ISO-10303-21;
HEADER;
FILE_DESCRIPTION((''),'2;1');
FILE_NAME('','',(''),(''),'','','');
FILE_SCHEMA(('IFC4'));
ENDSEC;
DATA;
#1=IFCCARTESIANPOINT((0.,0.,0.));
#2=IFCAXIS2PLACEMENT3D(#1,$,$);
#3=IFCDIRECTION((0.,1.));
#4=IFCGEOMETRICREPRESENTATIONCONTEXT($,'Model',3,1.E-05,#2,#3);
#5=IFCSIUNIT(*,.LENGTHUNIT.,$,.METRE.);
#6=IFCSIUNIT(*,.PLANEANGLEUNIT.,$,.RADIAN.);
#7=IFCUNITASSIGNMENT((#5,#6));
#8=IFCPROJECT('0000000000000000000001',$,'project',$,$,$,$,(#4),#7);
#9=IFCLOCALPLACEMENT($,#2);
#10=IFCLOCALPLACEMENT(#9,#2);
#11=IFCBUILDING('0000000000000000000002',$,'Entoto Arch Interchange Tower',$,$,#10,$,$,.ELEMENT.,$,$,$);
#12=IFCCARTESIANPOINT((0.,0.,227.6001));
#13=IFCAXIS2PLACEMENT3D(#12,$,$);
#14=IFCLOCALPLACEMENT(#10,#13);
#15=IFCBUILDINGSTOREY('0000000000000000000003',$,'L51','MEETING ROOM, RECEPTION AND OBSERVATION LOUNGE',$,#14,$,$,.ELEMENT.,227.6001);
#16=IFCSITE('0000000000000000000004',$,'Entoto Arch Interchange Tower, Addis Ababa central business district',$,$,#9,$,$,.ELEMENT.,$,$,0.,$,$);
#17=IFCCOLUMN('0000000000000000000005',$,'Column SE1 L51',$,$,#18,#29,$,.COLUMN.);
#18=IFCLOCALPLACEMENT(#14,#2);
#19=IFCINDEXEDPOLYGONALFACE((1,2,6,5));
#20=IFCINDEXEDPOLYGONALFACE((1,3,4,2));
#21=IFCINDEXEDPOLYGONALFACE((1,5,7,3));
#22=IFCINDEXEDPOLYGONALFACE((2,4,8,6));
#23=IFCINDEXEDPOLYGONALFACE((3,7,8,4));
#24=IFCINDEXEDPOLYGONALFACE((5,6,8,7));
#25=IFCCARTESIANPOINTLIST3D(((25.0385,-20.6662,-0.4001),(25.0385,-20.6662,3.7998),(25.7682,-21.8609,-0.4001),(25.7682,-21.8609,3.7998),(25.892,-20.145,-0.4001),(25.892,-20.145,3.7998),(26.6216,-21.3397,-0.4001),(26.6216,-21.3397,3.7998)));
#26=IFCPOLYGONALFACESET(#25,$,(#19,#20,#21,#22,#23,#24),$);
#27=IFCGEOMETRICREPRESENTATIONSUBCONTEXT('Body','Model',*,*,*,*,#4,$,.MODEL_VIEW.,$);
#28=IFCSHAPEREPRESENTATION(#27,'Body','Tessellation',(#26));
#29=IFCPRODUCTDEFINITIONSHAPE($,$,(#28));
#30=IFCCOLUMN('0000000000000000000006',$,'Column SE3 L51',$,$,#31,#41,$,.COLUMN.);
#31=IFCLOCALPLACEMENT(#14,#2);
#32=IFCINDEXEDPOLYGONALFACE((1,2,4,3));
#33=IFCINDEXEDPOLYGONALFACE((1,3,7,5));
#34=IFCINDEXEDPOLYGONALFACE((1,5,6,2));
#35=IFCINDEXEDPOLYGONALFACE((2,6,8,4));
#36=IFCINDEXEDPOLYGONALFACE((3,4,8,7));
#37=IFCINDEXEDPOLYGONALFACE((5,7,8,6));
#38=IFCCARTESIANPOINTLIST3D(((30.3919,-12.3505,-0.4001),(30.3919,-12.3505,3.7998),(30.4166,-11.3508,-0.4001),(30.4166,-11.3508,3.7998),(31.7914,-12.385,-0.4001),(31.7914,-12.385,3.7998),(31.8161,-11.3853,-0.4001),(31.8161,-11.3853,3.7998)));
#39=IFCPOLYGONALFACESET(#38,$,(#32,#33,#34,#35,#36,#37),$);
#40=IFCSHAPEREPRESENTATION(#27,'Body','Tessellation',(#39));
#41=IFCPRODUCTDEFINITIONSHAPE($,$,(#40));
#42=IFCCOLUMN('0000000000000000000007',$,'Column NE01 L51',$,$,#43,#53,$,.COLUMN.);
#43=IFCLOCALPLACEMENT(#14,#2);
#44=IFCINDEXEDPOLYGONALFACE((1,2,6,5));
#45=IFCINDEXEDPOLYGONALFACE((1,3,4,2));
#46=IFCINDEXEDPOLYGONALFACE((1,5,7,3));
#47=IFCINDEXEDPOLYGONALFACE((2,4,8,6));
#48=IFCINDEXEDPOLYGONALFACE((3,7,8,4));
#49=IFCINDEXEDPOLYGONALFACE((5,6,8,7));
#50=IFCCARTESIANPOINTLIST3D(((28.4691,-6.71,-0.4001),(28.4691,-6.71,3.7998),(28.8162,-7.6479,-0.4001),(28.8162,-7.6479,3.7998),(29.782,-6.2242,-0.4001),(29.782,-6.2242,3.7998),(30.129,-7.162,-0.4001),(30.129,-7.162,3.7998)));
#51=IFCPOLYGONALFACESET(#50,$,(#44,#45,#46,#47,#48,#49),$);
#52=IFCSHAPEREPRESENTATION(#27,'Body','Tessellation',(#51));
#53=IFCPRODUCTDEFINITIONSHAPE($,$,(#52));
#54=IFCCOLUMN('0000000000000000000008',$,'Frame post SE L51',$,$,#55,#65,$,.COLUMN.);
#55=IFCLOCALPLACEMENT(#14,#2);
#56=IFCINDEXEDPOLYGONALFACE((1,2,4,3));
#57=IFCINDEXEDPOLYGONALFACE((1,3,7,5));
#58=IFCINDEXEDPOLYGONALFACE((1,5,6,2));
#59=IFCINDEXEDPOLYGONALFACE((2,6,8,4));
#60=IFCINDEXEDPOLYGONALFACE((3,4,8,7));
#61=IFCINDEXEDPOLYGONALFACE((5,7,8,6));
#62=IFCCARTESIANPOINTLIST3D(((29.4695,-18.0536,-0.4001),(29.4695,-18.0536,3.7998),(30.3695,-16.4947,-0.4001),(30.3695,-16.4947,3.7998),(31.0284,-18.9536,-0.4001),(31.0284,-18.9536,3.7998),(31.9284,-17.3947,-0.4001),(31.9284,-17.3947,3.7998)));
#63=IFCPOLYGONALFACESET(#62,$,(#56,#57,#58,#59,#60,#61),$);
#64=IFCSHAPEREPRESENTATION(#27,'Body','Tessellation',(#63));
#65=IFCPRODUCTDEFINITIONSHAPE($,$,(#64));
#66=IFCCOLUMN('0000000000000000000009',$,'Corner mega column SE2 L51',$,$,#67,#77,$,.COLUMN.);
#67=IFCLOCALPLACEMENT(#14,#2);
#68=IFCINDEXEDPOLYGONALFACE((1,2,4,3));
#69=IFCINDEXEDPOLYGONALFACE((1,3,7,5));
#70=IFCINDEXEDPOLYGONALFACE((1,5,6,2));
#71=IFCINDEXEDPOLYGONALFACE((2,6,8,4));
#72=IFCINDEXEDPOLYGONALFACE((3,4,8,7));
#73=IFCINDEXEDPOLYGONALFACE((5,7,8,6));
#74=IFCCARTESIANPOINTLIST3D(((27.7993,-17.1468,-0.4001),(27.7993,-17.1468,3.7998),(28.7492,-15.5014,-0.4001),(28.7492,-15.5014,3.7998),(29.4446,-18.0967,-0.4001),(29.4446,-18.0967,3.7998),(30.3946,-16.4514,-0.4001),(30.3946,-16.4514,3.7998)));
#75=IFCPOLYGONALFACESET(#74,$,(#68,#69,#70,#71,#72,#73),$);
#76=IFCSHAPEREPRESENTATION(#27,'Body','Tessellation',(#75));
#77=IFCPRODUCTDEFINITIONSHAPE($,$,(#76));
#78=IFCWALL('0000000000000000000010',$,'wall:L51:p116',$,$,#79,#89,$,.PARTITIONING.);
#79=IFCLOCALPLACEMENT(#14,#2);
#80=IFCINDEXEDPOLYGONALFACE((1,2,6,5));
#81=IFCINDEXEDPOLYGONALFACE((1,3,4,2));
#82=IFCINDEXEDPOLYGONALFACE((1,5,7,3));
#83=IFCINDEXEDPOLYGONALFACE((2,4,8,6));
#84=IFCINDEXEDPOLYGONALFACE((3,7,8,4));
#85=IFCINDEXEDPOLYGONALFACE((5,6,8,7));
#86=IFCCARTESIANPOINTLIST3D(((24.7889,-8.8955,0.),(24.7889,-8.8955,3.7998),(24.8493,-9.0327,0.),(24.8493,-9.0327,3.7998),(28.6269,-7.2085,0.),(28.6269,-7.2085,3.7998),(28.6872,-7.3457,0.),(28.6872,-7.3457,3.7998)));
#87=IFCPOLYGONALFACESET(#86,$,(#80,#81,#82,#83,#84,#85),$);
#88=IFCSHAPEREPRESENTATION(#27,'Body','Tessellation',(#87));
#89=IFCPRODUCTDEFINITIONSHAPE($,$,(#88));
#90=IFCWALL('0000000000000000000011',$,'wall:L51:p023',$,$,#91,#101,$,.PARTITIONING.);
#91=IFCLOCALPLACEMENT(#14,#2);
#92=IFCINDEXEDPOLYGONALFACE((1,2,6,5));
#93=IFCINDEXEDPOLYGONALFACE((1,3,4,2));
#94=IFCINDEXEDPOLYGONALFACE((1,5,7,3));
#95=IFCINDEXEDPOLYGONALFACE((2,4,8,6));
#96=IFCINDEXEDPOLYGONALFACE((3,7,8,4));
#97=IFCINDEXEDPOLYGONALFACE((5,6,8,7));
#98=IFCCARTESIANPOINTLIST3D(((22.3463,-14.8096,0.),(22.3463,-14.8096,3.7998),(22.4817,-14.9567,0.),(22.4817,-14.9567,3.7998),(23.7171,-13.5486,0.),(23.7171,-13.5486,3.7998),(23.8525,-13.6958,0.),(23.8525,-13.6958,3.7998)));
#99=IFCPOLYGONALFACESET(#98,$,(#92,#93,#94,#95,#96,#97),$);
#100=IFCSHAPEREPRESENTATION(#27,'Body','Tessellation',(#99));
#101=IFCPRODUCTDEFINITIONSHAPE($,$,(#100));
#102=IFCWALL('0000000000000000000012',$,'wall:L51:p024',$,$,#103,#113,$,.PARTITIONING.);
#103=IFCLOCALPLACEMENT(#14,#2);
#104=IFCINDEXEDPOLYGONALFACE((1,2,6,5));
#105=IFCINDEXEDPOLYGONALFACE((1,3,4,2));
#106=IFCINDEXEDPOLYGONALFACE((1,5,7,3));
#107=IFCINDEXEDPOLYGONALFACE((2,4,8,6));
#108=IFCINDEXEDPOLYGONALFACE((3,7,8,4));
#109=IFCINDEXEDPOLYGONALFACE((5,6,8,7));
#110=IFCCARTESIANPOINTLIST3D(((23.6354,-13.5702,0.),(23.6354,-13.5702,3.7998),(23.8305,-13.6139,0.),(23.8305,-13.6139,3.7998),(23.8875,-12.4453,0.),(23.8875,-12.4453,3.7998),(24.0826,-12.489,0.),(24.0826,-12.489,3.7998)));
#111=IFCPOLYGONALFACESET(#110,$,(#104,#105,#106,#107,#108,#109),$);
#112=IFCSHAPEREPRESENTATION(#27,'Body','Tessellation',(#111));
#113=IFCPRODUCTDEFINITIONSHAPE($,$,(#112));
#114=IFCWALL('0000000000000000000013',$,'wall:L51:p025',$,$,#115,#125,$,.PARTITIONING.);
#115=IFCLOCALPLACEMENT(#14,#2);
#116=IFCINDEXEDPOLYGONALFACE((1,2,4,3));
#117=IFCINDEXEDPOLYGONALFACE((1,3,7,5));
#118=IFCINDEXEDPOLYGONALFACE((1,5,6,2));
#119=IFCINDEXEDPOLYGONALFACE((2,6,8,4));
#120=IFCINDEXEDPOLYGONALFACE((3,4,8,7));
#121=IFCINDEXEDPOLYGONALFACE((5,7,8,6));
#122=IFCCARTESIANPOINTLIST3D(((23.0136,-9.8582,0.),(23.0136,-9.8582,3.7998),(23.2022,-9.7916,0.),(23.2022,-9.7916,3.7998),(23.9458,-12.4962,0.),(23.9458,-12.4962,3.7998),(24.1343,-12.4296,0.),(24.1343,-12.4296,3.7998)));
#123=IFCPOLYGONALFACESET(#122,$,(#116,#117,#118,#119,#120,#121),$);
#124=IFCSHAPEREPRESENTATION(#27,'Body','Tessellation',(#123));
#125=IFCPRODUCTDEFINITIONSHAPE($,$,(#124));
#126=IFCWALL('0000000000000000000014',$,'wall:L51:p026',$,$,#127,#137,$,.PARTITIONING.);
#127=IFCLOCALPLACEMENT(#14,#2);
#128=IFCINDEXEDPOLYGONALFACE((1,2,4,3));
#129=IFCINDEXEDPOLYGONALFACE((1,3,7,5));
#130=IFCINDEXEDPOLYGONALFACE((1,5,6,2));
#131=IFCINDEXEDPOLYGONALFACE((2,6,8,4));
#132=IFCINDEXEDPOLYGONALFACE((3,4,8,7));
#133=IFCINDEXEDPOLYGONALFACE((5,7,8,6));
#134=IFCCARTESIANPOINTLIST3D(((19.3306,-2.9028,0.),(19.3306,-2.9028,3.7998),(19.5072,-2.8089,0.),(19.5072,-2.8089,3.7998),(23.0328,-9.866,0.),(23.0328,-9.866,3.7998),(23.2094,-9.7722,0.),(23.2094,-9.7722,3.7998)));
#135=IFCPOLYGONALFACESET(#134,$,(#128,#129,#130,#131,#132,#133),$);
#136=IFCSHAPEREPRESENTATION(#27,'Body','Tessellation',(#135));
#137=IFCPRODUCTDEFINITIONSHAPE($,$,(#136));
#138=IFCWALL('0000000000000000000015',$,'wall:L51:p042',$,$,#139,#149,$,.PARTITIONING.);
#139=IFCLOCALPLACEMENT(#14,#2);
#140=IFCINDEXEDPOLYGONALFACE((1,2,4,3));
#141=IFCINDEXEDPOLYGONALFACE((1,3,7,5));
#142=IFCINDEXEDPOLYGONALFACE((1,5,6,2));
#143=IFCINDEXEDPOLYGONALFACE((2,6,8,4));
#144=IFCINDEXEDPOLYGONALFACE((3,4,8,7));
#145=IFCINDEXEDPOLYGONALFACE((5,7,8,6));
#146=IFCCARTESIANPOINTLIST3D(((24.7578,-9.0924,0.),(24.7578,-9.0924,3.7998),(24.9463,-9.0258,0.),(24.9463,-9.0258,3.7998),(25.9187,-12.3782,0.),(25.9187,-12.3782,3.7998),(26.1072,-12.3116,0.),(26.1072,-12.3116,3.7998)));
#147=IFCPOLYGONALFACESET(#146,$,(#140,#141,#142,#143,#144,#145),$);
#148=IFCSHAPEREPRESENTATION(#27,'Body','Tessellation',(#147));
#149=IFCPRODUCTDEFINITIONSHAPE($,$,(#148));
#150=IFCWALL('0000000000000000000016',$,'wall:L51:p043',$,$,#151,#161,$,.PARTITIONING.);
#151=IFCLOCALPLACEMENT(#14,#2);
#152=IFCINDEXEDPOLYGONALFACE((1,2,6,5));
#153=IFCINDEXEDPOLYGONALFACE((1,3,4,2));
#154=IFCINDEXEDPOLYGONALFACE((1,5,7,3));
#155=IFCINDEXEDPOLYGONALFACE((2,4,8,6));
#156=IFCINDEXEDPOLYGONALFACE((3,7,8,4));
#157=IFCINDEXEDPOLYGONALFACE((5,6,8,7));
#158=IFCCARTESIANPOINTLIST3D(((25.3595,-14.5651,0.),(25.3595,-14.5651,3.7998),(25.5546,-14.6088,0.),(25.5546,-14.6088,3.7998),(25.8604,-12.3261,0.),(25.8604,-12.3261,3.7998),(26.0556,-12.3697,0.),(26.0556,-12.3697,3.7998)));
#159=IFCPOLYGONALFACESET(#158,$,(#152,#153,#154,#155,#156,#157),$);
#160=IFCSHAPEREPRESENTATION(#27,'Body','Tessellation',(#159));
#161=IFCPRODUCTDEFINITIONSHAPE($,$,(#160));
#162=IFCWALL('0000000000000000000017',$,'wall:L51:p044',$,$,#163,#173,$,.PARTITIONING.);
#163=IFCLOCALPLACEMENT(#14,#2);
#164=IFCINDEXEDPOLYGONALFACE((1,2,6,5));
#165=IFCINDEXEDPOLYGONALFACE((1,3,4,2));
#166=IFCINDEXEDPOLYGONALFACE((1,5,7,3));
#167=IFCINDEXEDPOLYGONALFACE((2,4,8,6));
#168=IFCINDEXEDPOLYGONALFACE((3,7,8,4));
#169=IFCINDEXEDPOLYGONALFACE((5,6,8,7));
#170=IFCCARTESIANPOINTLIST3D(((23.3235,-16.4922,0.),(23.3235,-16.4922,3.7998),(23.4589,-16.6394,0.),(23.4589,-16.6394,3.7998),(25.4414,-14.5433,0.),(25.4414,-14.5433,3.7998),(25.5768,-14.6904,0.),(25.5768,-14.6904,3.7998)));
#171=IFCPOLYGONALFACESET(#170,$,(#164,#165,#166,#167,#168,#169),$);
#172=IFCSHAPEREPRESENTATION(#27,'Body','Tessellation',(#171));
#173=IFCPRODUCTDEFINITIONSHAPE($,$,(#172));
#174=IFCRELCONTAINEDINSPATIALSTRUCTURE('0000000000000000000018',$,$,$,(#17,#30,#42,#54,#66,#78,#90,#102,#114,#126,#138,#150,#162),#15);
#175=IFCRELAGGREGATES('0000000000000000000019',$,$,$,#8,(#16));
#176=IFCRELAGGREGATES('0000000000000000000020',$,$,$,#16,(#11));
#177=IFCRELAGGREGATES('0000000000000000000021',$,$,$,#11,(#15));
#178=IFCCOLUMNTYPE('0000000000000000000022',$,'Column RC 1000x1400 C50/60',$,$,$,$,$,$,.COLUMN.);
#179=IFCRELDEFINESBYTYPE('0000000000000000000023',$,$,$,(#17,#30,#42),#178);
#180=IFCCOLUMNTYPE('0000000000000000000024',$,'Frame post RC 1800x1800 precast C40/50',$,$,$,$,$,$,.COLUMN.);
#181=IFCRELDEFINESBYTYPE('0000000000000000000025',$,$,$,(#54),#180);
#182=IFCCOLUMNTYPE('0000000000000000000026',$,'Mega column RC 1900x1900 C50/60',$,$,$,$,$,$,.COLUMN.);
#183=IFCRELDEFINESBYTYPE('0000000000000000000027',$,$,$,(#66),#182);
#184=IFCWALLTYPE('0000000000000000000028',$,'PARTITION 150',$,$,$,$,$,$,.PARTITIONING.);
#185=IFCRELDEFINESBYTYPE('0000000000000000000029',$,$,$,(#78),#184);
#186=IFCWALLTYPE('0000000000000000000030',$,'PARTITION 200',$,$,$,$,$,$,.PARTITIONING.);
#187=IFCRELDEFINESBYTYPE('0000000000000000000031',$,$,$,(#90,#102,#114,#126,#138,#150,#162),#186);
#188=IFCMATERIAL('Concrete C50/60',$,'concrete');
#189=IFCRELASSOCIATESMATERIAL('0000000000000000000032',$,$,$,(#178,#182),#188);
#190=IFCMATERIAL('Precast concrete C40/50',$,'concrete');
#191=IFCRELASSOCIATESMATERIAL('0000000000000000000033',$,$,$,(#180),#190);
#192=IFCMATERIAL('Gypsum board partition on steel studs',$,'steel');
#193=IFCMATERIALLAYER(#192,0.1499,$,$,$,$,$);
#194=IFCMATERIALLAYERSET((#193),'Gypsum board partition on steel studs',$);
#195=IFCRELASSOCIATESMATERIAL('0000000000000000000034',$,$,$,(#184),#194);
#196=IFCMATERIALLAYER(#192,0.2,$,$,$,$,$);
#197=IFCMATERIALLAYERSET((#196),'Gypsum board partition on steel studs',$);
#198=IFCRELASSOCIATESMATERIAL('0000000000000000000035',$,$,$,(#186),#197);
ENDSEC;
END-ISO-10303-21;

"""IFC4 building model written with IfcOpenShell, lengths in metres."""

from ifc_helpers import new_model, si_unit, direction, frame, frame_2d, origin, origin_2d, place, context, subcontext, project, spatial, rectangle, extrude, material, layer, layer_set, material_profile, profile_set, type_object, element, save


model = new_model("IFC4")

# Units and contexts
model_context = context("Model", 3, precision=1e-05, world=origin(), true_north=direction((0.0, 1.0)))
body_context = subcontext(model_context, "Body", "Model", "MODEL_VIEW")
ifc_project = project(units=[si_unit("LENGTHUNIT", "METRE"), si_unit("PLANEANGLEUNIT", "RADIAN")], contexts=[model_context])

# Site, building, storey
site_placement = place(None, origin())
site = spatial("IfcSite", under=ifc_project, at=site_placement, Name="Entoto Arch Interchange Tower, Addis Ababa central business district", CompositionType="ELEMENT", RefElevation=0.0)
building_placement = place(site_placement, origin())
building = spatial("IfcBuilding", under=site, at=building_placement, Name="Entoto Arch Interchange Tower", CompositionType="ELEMENT")
storey_placement = place(building_placement, frame((0.0, 0.0, 227.6001)))
storey = spatial("IfcBuildingStorey", under=building, at=storey_placement, Name="L51", Description="MEETING ROOM, RECEPTION AND OBSERVATION LOUNGE", CompositionType="ELEMENT", Elevation=227.6001)

# Columns
ifc_material_1 = material(Name="Concrete C50/60", Category="concrete")
ifc_material_profile_1 = material_profile(ifc_material_1, rectangle(XDim=1.0, YDim=1.3999, at=origin_2d()))
ifc_profile_set_1 = profile_set([ifc_material_profile_1], Name="Concrete C50/60")
column_type_1 = type_object("IfcColumnType", Name="Column RC 1000x1400 C50/60", PredefinedType="COLUMN", material=ifc_profile_set_1)
for number, where, z_axis, x_axis, name in (
    (1, (25.8301, -21.0029, -0.4001), (0.0, 0.0, 1.0), (0.853423, 0.521218, 0.0), "Column SE1 L51"),
    (2, (31.104, -11.8679, -0.4001), (0.0, 0.0, 1.0), (0.024676, 0.999695, 0.0), "Column SE3 L51"),
    (3, (29.2991, -6.936, -0.4001), (0.0, 0.0, 1.0), (-0.347067, 0.93784, 0.0), "Column NE01 L51"),
):
    element("IfcColumn", number, at=place(storey_placement, frame(where, z_axis=z_axis, x_axis=x_axis)), inside=storey, type_object=column_type_1, Name=name, PredefinedType="COLUMN", context=body_context, shape_type="SweptSolid", body=[
        extrude(rectangle(XDim=1.0, YDim=1.3999, at=origin_2d()), origin(), (0.0, 0.0, 1.0), 4.2),
    ])
ifc_material_2 = material(Name="Precast concrete C40/50", Category="concrete")
ifc_material_profile_2 = material_profile(ifc_material_2, rectangle(XDim=1.8, YDim=1.8, at=origin_2d()))
ifc_profile_set_2 = profile_set([ifc_material_profile_2], Name="Precast concrete C40/50")
column_type_2 = type_object("IfcColumnType", Name="Frame post RC 1800x1800 precast C40/50", PredefinedType="COLUMN", material=ifc_profile_set_2)
column_1_placement = place(storey_placement, frame((30.699, -17.7241, -0.4001), z_axis=(0.0, 0.0, 1.0), x_axis=(-0.866025, 0.5, 0.0)))
element("IfcColumn", 4, at=column_1_placement, inside=storey, type_object=column_type_2, Name="Frame post SE L51", PredefinedType="COLUMN", context=body_context, shape_type="SweptSolid", body=[
    extrude(rectangle(XDim=1.8, YDim=1.8, at=origin_2d()), origin(), (0.0, 0.0, 1.0), 4.2),
])
ifc_material_profile_3 = material_profile(ifc_material_1, rectangle(XDim=1.8999, YDim=1.8999, at=origin_2d()))
ifc_profile_set_3 = profile_set([ifc_material_profile_3], Name="Concrete C50/60")
column_type_3 = type_object("IfcColumnType", Name="Mega column RC 1900x1900 C50/60", PredefinedType="COLUMN", material=ifc_profile_set_3)
column_2_placement = place(storey_placement, frame((29.0969, -16.7991, -0.4001), z_axis=(0.0, 0.0, 1.0), x_axis=(-0.866025, 0.5, 0.0)))
element("IfcColumn", 5, at=column_2_placement, inside=storey, type_object=column_type_3, Name="Corner mega column SE2 L51", PredefinedType="COLUMN", context=body_context, shape_type="SweptSolid", body=[
    extrude(rectangle(XDim=1.8999, YDim=1.8999, at=origin_2d()), origin(), (0.0, 0.0, 1.0), 4.2),
])

# Walls
ifc_material_3 = material(Name="Gypsum board partition on steel studs", Category="steel")
ifc_layer_1 = layer(ifc_material_3, 0.1499)
ifc_layer_set_1 = layer_set([ifc_layer_1], Name="Gypsum board partition on steel studs")
wall_type_1 = type_object("IfcWallType", Name="PARTITION 150", PredefinedType="PARTITIONING", material=ifc_layer_set_1)
wall_1_placement = place(storey_placement, frame((24.8191, -8.9641, 0.0), z_axis=(0.0, 0.0, 1.0), x_axis=(0.915461, 0.402407, 0.0)))
element("IfcWall", 6, at=wall_1_placement, inside=storey, type_object=wall_type_1, Name="wall:L51:p116", PredefinedType="PARTITIONING", context=body_context, shape_type="SweptSolid", body=[
    extrude(rectangle(XDim=4.1924, YDim=0.1499, at=frame_2d((2.0962, 0.0))), origin(), (0.0, 0.0, 1.0), 3.7998),
])
ifc_layer_2 = layer(ifc_material_3, 0.2)
ifc_layer_set_2 = layer_set([ifc_layer_2], Name="Gypsum board partition on steel studs")
wall_type_2 = type_object("IfcWallType", Name="PARTITION 200", PredefinedType="PARTITIONING", material=ifc_layer_set_2)
wall_2_placement = place(storey_placement, frame((22.4141, -14.8831, 0.0), z_axis=(0.0, 0.0, 1.0), x_axis=(0.735983, 0.677, 0.0)))
element("IfcWall", 7, at=wall_2_placement, inside=storey, type_object=wall_type_2, Name="wall:L51:p023", PredefinedType="PARTITIONING", context=body_context, shape_type="SweptSolid", body=[
    extrude(rectangle(XDim=1.8625, YDim=0.2, at=frame_2d((0.9312, 0.0))), origin(), (0.0, 0.0, 1.0), 3.7998),
])
wall_3_placement = place(storey_placement, frame((23.7329, -13.592, 0.0), z_axis=(0.0, 0.0, 1.0), x_axis=(0.218746, 0.975782, 0.0)))
element("IfcWall", 8, at=wall_3_placement, inside=storey, type_object=wall_type_2, Name="wall:L51:p024", PredefinedType="PARTITIONING", context=body_context, shape_type="SweptSolid", body=[
    extrude(rectangle(XDim=1.1528, YDim=0.2, at=frame_2d((0.5764, 0.0))), origin(), (0.0, 0.0, 1.0), 3.7998),
])
wall_4_placement = place(storey_placement, frame((24.04, -12.4629, 0.0), z_axis=(0.0, 0.0, 1.0), x_axis=(-0.333167, 0.942868, 0.0)))
element("IfcWall", 9, at=wall_4_placement, inside=storey, type_object=wall_type_2, Name="wall:L51:p025", PredefinedType="PARTITIONING", context=body_context, shape_type="SweptSolid", body=[
    extrude(rectangle(XDim=2.7979, YDim=0.2, at=frame_2d((1.3989, 0.0))), origin(), (0.0, 0.0, 1.0), 3.7998),
])
wall_5_placement = place(storey_placement, frame((23.1211, -9.8191, 0.0), z_axis=(0.0, 0.0, 1.0), x_axis=(-0.46945, 0.882959, 0.0)))
element("IfcWall", 10, at=wall_5_placement, inside=storey, type_object=wall_type_2, Name="wall:L51:p026", PredefinedType="PARTITIONING", context=body_context, shape_type="SweptSolid", body=[
    extrude(rectangle(XDim=7.8862, YDim=0.2, at=frame_2d((3.9431, 0.0))), origin(), (0.0, 0.0, 1.0), 3.7998),
])
wall_6_placement = place(storey_placement, frame((24.8521, -9.0591, 0.0), z_axis=(0.0, 0.0, 1.0), x_axis=(0.333117, -0.942886, 0.0)))
element("IfcWall", 11, at=wall_6_placement, inside=storey, type_object=wall_type_2, Name="wall:L51:p042", PredefinedType="PARTITIONING", context=body_context, shape_type="SweptSolid", body=[
    extrude(rectangle(XDim=3.4849, YDim=0.2, at=frame_2d((1.7424, 0.0))), origin(), (0.0, 0.0, 1.0), 3.7998),
])
wall_7_placement = place(storey_placement, frame((25.958, -12.3479, 0.0), z_axis=(0.0, 0.0, 1.0), x_axis=(-0.21835, -0.975871, 0.0)))
element("IfcWall", 12, at=wall_7_placement, inside=storey, type_object=wall_type_2, Name="wall:L51:p043", PredefinedType="PARTITIONING", context=body_context, shape_type="SweptSolid", body=[
    extrude(rectangle(XDim=2.2944, YDim=0.2, at=frame_2d((1.1472, 0.0))), origin(), (0.0, 0.0, 1.0), 3.7998),
])
wall_8_placement = place(storey_placement, frame((25.509, -14.6169, 0.0), z_axis=(0.0, 0.0, 1.0), x_axis=(-0.735846, -0.677148, 0.0)))
element("IfcWall", 13, at=wall_8_placement, inside=storey, type_object=wall_type_2, Name="wall:L51:p044", PredefinedType="PARTITIONING", context=body_context, shape_type="SweptSolid", body=[
    extrude(rectangle(XDim=2.8782, YDim=0.2, at=frame_2d((1.439, 0.0))), origin(), (0.0, 0.0, 1.0), 3.7998),
])

save(model, "model.ifc")
